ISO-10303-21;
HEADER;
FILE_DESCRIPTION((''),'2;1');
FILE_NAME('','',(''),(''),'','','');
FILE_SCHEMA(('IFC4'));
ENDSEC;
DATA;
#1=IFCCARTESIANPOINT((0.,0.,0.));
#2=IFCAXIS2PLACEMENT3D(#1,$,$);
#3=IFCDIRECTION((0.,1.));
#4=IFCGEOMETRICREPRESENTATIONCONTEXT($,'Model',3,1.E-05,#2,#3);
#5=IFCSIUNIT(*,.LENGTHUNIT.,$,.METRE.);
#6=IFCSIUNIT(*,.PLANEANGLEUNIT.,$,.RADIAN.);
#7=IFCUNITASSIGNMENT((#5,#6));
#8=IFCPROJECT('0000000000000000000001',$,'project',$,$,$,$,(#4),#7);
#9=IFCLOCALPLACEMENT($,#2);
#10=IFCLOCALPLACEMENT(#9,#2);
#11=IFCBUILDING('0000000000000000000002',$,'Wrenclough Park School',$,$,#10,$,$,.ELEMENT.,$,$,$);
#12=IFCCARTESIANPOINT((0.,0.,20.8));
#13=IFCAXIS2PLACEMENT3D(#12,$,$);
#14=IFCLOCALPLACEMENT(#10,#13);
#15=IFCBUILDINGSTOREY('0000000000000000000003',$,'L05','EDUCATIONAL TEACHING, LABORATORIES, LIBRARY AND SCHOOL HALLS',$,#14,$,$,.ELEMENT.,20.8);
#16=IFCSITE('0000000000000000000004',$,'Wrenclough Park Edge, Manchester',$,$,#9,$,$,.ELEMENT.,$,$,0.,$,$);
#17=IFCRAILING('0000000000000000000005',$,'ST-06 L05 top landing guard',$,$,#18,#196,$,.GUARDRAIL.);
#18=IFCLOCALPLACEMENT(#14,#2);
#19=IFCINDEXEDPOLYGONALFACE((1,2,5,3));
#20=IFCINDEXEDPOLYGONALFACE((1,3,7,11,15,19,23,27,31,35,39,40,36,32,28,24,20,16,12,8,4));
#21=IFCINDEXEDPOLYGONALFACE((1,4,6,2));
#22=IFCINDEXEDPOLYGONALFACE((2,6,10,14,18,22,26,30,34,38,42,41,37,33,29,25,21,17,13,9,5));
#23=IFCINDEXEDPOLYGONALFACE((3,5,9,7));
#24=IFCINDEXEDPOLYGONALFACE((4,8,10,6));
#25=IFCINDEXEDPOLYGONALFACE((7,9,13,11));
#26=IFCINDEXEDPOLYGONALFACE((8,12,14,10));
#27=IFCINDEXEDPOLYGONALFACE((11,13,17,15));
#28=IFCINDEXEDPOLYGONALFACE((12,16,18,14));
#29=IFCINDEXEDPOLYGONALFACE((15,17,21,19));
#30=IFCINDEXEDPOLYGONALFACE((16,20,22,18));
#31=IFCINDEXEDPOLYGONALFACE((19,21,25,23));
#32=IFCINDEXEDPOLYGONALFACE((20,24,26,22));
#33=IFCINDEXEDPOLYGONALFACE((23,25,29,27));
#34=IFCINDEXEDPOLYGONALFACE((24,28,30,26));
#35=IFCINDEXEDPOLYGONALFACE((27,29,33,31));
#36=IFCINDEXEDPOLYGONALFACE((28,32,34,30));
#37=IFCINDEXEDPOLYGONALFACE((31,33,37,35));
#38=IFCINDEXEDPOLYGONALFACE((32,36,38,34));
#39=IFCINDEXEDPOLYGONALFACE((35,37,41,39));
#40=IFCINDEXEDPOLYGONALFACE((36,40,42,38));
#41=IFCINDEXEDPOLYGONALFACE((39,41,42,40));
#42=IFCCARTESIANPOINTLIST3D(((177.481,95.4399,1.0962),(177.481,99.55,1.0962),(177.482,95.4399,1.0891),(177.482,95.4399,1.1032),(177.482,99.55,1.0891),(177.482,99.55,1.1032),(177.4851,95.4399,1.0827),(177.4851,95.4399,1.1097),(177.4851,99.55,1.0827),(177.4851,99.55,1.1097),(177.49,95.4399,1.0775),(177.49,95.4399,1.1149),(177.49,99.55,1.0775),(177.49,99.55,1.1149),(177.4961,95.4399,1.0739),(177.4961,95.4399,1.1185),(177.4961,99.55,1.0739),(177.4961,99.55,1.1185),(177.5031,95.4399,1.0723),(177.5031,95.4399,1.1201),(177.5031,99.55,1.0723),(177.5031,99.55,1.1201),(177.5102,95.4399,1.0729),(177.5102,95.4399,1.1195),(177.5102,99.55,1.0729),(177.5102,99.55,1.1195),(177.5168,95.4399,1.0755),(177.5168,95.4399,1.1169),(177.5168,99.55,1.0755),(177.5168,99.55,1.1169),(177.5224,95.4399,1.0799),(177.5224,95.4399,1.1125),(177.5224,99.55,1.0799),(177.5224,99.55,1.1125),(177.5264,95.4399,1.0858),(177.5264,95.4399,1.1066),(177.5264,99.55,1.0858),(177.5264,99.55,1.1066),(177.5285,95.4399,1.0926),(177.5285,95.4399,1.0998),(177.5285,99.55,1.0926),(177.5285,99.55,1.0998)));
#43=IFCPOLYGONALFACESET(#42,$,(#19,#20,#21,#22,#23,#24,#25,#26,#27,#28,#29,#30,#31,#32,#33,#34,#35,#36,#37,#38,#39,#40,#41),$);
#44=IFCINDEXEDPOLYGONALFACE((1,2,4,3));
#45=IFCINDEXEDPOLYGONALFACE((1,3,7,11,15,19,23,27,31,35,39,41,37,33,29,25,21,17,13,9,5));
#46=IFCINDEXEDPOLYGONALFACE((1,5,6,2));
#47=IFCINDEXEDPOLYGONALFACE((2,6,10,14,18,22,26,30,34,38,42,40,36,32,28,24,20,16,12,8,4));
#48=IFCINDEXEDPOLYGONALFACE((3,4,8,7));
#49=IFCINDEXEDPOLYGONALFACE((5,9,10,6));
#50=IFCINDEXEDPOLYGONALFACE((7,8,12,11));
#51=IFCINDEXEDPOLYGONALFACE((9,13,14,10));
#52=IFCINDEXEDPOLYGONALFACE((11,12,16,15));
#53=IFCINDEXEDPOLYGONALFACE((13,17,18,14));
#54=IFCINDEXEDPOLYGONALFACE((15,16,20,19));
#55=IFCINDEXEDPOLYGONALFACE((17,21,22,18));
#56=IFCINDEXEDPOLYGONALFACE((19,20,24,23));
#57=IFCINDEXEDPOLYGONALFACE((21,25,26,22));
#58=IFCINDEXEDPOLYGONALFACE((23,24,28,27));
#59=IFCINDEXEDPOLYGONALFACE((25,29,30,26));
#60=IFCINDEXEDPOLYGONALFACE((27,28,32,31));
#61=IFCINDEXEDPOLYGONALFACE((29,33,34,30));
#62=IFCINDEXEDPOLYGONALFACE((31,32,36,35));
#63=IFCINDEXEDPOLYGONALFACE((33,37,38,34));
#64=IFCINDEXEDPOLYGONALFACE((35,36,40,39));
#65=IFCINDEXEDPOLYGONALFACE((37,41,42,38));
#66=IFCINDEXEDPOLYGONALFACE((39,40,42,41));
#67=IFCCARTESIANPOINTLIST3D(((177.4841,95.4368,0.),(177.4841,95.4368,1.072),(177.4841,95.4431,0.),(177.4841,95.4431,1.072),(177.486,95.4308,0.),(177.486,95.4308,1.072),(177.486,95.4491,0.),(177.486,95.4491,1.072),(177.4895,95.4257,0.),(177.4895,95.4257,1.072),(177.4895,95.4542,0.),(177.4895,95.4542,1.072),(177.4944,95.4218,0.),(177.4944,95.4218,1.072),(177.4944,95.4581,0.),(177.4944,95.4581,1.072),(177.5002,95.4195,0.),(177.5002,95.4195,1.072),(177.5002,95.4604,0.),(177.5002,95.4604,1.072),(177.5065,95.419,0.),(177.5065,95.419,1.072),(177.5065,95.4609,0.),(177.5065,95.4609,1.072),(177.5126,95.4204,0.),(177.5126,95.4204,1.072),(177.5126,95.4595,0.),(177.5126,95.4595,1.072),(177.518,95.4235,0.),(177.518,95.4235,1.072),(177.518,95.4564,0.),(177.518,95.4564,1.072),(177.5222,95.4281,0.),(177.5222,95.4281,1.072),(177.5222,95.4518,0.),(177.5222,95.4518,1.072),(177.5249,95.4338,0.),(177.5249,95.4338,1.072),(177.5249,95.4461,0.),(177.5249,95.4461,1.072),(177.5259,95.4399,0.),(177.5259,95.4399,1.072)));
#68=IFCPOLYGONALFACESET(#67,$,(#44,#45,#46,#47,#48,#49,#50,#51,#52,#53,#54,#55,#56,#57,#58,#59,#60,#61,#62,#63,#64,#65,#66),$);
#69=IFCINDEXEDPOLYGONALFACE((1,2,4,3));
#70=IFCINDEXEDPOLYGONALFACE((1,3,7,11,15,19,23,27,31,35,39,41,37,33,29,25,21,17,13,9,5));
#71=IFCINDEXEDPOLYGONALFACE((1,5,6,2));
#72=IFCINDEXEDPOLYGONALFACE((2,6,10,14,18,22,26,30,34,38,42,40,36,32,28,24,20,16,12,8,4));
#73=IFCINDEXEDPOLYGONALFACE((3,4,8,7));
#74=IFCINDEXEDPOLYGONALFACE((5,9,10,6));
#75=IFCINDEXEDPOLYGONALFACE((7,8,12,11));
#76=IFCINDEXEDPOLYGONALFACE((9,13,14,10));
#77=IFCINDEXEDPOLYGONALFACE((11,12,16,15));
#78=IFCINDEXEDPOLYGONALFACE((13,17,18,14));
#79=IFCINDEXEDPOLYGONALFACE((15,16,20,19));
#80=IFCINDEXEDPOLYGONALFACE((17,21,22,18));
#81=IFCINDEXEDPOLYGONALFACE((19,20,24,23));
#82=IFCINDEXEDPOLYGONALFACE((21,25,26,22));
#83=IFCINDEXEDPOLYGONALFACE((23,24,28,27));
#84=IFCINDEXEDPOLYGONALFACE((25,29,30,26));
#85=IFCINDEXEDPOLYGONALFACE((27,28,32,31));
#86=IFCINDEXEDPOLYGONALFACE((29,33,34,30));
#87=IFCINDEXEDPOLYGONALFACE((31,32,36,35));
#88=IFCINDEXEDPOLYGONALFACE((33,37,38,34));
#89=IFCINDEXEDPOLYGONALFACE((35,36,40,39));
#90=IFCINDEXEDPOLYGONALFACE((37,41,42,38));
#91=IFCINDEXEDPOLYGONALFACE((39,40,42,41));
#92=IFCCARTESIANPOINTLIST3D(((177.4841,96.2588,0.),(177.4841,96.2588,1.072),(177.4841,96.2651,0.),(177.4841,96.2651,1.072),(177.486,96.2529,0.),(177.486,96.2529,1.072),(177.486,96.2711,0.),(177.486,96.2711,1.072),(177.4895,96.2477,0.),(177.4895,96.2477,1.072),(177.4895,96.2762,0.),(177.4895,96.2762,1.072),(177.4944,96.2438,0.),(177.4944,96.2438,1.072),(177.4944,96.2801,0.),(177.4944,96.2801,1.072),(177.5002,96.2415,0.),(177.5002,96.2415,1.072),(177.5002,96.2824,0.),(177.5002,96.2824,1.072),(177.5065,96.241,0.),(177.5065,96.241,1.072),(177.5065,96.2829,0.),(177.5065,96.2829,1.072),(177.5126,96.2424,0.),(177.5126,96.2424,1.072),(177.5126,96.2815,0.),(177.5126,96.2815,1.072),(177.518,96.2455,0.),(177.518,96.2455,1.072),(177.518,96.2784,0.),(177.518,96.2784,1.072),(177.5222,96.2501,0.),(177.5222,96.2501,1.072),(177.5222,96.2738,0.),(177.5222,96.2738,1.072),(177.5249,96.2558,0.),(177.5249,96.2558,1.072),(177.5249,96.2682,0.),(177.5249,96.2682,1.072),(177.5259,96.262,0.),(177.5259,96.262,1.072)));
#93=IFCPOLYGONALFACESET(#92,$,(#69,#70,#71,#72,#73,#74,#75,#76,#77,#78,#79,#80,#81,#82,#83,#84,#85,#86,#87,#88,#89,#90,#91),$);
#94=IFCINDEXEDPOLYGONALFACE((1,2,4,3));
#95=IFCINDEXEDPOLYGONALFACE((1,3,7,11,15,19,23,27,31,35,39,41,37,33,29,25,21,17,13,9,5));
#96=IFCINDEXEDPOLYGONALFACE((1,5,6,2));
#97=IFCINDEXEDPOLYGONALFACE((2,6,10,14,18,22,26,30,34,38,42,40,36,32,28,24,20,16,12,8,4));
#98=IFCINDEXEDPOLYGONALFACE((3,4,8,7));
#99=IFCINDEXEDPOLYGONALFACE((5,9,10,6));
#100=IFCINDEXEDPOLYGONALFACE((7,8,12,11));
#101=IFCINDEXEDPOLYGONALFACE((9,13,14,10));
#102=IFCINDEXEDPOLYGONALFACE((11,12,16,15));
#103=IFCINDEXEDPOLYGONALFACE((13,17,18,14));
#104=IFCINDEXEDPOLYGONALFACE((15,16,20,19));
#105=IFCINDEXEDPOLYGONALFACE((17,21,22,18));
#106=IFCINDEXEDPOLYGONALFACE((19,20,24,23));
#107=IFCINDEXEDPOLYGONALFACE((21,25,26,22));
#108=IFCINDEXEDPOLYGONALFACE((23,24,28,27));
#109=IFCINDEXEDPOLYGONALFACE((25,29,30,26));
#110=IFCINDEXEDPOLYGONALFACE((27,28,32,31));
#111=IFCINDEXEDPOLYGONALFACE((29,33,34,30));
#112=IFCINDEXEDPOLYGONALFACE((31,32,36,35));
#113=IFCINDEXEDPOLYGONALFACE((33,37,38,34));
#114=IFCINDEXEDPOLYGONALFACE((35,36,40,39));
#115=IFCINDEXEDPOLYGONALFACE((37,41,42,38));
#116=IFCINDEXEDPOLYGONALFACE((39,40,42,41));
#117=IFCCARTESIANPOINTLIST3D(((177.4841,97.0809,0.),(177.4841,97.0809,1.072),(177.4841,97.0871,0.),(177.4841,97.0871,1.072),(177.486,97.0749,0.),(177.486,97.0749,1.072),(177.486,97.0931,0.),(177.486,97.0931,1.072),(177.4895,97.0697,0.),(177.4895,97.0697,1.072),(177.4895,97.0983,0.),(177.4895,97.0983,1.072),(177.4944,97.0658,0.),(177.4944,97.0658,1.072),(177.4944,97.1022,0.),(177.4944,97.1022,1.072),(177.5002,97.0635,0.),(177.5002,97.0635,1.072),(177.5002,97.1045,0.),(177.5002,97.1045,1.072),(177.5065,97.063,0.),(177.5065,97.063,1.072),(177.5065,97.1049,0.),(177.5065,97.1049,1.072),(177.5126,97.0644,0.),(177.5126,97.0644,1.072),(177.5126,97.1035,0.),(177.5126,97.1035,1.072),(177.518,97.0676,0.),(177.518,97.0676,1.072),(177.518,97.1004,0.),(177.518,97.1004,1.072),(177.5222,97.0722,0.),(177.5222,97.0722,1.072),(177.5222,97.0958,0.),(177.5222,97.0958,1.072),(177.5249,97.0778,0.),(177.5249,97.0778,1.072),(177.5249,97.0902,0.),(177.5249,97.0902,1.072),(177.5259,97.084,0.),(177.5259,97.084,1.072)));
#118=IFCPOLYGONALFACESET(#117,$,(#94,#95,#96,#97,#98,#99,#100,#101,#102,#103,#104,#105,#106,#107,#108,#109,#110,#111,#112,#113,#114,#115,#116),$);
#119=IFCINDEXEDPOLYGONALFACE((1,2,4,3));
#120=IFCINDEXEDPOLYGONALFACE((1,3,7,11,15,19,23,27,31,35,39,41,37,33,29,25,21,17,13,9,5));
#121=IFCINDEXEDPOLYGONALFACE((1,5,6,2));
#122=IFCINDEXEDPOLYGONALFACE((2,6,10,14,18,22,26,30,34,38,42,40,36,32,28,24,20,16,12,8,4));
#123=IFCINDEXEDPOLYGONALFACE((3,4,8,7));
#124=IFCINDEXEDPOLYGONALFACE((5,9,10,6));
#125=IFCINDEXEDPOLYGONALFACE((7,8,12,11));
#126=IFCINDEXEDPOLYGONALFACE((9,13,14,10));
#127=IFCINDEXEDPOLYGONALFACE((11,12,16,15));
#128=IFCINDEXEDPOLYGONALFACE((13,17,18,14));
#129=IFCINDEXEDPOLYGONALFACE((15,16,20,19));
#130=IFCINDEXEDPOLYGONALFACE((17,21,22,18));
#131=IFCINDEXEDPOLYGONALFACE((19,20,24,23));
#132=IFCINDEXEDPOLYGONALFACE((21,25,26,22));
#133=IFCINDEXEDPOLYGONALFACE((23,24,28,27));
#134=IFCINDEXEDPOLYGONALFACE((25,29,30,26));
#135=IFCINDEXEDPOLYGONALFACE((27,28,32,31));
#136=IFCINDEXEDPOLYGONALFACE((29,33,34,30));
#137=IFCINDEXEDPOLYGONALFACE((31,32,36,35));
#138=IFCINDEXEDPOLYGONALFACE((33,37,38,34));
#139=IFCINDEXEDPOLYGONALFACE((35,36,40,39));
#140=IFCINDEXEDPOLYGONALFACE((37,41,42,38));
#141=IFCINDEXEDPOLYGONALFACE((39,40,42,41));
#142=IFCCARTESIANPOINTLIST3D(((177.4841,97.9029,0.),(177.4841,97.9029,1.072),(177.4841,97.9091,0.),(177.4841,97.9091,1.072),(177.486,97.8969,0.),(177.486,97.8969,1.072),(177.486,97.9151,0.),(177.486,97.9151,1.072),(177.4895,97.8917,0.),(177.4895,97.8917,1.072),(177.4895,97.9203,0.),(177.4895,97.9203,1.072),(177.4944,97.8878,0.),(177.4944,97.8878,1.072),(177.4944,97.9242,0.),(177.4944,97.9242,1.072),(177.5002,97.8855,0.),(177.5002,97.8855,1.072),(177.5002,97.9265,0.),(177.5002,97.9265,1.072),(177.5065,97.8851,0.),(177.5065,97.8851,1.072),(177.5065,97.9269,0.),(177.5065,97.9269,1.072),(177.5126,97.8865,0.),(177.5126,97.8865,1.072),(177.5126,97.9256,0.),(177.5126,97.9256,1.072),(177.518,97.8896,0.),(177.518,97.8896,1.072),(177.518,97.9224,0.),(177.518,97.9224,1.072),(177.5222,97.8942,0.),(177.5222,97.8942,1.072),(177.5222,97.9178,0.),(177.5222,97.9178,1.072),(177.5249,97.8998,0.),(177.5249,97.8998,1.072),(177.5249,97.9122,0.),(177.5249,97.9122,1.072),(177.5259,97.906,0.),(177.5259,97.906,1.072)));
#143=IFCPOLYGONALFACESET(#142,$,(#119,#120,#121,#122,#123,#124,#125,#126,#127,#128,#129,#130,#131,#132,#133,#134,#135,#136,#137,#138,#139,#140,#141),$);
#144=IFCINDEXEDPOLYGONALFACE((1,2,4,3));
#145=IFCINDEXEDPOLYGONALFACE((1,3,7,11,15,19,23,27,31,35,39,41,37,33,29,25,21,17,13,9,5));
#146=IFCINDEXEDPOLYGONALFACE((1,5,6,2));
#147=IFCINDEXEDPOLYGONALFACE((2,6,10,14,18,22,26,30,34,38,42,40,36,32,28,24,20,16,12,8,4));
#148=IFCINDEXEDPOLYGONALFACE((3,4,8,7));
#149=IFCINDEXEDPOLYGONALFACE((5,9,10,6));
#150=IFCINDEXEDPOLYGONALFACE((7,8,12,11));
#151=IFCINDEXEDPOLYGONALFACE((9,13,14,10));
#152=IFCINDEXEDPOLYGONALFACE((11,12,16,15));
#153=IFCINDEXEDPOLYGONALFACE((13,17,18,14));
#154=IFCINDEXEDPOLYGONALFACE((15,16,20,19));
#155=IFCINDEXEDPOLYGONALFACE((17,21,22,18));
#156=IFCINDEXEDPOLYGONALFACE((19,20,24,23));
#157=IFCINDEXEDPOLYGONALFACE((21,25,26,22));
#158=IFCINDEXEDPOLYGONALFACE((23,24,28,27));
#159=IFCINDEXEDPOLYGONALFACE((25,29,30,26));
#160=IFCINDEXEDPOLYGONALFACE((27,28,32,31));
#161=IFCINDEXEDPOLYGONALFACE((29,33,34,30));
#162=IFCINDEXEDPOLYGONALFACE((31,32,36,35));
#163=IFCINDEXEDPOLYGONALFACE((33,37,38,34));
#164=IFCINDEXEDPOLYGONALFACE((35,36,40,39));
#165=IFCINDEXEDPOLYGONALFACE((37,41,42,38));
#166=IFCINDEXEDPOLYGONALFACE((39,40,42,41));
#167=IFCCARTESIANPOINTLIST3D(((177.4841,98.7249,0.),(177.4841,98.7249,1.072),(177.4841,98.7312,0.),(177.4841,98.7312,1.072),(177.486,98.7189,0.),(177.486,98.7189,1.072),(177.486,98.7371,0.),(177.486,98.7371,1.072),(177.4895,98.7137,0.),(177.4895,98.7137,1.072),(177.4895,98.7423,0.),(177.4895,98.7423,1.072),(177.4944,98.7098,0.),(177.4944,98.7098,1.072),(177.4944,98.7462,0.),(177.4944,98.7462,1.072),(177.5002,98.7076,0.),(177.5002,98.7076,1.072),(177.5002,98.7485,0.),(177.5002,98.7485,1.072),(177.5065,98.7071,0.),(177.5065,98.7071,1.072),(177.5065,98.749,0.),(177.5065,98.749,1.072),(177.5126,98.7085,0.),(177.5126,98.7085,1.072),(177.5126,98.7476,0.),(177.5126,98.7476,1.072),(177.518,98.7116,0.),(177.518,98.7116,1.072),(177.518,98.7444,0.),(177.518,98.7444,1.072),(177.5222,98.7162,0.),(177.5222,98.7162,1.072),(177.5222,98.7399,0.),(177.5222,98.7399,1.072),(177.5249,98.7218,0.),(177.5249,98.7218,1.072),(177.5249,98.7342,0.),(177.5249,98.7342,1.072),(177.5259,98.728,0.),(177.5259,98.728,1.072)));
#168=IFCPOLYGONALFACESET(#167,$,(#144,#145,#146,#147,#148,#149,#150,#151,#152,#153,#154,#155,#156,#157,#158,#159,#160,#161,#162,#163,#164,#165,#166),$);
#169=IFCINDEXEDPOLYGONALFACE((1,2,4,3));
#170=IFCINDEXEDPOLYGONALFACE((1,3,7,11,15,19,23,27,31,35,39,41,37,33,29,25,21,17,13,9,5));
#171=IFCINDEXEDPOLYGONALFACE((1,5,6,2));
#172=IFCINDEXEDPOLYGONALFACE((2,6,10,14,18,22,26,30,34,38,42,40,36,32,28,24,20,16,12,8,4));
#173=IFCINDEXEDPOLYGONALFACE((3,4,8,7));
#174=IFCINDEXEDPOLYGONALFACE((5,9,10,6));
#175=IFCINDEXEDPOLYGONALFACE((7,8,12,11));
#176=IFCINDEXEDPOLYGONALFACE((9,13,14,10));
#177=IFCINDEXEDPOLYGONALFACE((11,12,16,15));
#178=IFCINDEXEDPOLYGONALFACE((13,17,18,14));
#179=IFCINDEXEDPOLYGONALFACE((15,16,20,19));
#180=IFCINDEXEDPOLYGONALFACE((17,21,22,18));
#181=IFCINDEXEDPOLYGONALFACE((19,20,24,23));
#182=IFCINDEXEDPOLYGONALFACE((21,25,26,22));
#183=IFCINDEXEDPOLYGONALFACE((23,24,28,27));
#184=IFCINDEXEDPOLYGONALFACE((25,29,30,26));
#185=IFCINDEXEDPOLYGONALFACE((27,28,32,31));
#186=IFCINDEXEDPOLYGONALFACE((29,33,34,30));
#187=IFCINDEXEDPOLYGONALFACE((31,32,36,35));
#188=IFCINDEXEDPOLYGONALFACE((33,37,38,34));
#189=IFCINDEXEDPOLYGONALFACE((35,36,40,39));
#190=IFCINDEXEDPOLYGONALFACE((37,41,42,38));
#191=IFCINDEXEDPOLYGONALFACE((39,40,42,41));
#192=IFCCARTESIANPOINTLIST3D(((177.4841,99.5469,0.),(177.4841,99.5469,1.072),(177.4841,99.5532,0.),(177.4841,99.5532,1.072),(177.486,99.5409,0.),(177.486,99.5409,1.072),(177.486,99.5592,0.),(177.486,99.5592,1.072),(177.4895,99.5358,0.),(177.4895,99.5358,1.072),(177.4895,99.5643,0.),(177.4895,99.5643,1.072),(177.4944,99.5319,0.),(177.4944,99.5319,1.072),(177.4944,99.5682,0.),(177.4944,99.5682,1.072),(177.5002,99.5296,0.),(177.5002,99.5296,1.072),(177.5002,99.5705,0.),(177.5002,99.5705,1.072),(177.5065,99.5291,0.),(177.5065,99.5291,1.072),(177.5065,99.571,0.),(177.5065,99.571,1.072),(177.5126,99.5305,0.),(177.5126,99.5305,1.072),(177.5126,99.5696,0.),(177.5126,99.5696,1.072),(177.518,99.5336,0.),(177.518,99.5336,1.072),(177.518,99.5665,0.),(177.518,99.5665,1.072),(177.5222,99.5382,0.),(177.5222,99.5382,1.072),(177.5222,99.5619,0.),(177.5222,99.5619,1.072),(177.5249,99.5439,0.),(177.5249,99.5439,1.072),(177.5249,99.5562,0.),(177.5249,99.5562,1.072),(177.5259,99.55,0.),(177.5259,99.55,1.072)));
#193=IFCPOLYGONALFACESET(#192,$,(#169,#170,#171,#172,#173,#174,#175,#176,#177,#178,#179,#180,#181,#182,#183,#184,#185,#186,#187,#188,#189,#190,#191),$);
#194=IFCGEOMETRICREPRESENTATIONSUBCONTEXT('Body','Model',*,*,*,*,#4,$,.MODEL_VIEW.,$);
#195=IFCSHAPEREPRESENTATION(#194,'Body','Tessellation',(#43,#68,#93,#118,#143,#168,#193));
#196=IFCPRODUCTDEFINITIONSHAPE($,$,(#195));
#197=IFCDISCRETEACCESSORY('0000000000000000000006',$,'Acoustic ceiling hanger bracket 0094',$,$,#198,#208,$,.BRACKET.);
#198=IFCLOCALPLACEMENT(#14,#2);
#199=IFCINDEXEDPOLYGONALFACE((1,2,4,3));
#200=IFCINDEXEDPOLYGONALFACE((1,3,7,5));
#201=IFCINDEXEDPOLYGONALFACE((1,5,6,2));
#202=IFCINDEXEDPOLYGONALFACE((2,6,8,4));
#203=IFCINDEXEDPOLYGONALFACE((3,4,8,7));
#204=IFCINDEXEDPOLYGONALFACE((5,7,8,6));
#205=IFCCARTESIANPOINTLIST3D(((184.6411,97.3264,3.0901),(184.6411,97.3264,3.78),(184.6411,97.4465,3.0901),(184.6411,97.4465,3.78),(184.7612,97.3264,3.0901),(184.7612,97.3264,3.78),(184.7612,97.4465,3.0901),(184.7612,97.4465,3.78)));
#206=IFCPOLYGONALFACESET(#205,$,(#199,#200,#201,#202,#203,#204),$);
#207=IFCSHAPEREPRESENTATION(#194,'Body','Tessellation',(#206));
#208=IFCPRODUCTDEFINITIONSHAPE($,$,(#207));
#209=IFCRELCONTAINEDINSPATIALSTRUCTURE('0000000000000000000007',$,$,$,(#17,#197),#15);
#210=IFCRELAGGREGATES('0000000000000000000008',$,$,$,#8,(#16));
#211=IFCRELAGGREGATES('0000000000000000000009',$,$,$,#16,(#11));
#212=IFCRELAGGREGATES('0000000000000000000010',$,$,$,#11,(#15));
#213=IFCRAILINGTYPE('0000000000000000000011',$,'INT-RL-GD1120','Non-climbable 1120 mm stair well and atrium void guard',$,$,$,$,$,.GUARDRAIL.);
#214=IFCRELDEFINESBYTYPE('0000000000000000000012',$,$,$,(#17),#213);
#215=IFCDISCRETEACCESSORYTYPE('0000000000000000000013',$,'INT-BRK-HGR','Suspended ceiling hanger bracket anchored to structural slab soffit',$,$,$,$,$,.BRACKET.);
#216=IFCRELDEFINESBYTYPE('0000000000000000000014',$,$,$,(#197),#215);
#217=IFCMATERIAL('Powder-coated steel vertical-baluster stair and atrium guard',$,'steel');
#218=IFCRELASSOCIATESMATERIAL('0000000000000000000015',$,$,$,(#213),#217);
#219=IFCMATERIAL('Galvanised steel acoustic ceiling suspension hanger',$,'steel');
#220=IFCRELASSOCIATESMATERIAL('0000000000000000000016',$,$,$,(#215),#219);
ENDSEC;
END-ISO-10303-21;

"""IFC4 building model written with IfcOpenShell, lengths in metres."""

from ifc_helpers import new_model, si_unit, direction, frame, origin, origin_2d, place, context, subcontext, project, spatial, rectangle, circle, extrude, material, type_object, element, save


model = new_model("IFC4")

# Units and contexts
model_context = context("Model", 3, precision=1e-05, world=origin(), true_north=direction((0.0, 1.0)))
body_context = subcontext(model_context, "Body", "Model", "MODEL_VIEW")
ifc_project = project(units=[si_unit("LENGTHUNIT", "METRE"), si_unit("PLANEANGLEUNIT", "RADIAN")], contexts=[model_context])

# Site, building, storey
site_placement = place(None, origin())
site = spatial("IfcSite", under=ifc_project, at=site_placement, Name="Wrenclough Park Edge, Manchester", CompositionType="ELEMENT", RefElevation=0.0)
building_placement = place(site_placement, origin())
building = spatial("IfcBuilding", under=site, at=building_placement, Name="Wrenclough Park School", CompositionType="ELEMENT")
storey_placement = place(building_placement, frame((0.0, 0.0, 20.8)))
storey = spatial("IfcBuildingStorey", under=building, at=storey_placement, Name="L05", Description="EDUCATIONAL TEACHING, LABORATORIES, LIBRARY AND SCHOOL HALLS", CompositionType="ELEMENT", Elevation=20.8)

# Railing
ifc_material_1 = material(Name="Powder-coated steel vertical-baluster stair and atrium guard", Category="steel")
railing_type = type_object("IfcRailingType", Name="INT-RL-GD1120", Description="Non-climbable 1120 mm stair well and atrium void guard", PredefinedType="GUARDRAIL", material=ifc_material_1)
railing_placement = place(storey_placement, frame((177.5049, 95.4399, 0.0)))
element("IfcRailing", 1, at=railing_placement, inside=storey, type_object=railing_type, Name="ST-06 L05 top landing guard", PredefinedType="GUARDRAIL", context=body_context, shape_type="SweptSolid", body=[
    extrude(circle(Radius=0.0239, at=origin_2d()), frame((0.0, 0.0, 1.0962), z_axis=(0.0, 1.0, 0.0), x_axis=(-1.0, 0.0, 0.0)), (0.0, 0.0, 1.0), 4.1101),
    extrude(circle(Radius=0.021, at=origin_2d()), origin(), (0.0, 0.0, 1.0), 1.072),
    extrude(circle(Radius=0.021, at=origin_2d()), frame((0.0, 0.822, 0.0)), (0.0, 0.0, 1.0), 1.072),
    extrude(circle(Radius=0.021, at=origin_2d()), frame((0.0, 1.644, 0.0)), (0.0, 0.0, 1.0), 1.072),
    extrude(circle(Radius=0.021, at=origin_2d()), frame((0.0, 2.4661, 0.0)), (0.0, 0.0, 1.0), 1.072),
    extrude(circle(Radius=0.021, at=origin_2d()), frame((0.0, 3.2881, 0.0)), (0.0, 0.0, 1.0), 1.072),
    extrude(circle(Radius=0.021, at=origin_2d()), frame((0.0, 4.1101, 0.0)), (0.0, 0.0, 1.0), 1.072),
])

# Discrete accessory
ifc_material_2 = material(Name="Galvanised steel acoustic ceiling suspension hanger", Category="steel")
discrete_accessory_type = type_object("IfcDiscreteAccessoryType", Name="INT-BRK-HGR", Description="Suspended ceiling hanger bracket anchored to structural slab soffit", PredefinedType="BRACKET", material=ifc_material_2)
discrete_accessory_placement = place(storey_placement, frame((184.7012, 97.3865, 3.0901), z_axis=(0.0, 0.0, 1.0), x_axis=(1.0, 0.0, 0.0)))
element("IfcDiscreteAccessory", 2, at=discrete_accessory_placement, inside=storey, type_object=discrete_accessory_type, Name="Acoustic ceiling hanger bracket 0094", PredefinedType="BRACKET", context=body_context, shape_type="SweptSolid", body=[
    extrude(rectangle(XDim=0.1201, YDim=0.1201, at=origin_2d()), origin(), (0.0, 0.0, 1.0), 0.6899),
])

save(model, "model.ifc")
